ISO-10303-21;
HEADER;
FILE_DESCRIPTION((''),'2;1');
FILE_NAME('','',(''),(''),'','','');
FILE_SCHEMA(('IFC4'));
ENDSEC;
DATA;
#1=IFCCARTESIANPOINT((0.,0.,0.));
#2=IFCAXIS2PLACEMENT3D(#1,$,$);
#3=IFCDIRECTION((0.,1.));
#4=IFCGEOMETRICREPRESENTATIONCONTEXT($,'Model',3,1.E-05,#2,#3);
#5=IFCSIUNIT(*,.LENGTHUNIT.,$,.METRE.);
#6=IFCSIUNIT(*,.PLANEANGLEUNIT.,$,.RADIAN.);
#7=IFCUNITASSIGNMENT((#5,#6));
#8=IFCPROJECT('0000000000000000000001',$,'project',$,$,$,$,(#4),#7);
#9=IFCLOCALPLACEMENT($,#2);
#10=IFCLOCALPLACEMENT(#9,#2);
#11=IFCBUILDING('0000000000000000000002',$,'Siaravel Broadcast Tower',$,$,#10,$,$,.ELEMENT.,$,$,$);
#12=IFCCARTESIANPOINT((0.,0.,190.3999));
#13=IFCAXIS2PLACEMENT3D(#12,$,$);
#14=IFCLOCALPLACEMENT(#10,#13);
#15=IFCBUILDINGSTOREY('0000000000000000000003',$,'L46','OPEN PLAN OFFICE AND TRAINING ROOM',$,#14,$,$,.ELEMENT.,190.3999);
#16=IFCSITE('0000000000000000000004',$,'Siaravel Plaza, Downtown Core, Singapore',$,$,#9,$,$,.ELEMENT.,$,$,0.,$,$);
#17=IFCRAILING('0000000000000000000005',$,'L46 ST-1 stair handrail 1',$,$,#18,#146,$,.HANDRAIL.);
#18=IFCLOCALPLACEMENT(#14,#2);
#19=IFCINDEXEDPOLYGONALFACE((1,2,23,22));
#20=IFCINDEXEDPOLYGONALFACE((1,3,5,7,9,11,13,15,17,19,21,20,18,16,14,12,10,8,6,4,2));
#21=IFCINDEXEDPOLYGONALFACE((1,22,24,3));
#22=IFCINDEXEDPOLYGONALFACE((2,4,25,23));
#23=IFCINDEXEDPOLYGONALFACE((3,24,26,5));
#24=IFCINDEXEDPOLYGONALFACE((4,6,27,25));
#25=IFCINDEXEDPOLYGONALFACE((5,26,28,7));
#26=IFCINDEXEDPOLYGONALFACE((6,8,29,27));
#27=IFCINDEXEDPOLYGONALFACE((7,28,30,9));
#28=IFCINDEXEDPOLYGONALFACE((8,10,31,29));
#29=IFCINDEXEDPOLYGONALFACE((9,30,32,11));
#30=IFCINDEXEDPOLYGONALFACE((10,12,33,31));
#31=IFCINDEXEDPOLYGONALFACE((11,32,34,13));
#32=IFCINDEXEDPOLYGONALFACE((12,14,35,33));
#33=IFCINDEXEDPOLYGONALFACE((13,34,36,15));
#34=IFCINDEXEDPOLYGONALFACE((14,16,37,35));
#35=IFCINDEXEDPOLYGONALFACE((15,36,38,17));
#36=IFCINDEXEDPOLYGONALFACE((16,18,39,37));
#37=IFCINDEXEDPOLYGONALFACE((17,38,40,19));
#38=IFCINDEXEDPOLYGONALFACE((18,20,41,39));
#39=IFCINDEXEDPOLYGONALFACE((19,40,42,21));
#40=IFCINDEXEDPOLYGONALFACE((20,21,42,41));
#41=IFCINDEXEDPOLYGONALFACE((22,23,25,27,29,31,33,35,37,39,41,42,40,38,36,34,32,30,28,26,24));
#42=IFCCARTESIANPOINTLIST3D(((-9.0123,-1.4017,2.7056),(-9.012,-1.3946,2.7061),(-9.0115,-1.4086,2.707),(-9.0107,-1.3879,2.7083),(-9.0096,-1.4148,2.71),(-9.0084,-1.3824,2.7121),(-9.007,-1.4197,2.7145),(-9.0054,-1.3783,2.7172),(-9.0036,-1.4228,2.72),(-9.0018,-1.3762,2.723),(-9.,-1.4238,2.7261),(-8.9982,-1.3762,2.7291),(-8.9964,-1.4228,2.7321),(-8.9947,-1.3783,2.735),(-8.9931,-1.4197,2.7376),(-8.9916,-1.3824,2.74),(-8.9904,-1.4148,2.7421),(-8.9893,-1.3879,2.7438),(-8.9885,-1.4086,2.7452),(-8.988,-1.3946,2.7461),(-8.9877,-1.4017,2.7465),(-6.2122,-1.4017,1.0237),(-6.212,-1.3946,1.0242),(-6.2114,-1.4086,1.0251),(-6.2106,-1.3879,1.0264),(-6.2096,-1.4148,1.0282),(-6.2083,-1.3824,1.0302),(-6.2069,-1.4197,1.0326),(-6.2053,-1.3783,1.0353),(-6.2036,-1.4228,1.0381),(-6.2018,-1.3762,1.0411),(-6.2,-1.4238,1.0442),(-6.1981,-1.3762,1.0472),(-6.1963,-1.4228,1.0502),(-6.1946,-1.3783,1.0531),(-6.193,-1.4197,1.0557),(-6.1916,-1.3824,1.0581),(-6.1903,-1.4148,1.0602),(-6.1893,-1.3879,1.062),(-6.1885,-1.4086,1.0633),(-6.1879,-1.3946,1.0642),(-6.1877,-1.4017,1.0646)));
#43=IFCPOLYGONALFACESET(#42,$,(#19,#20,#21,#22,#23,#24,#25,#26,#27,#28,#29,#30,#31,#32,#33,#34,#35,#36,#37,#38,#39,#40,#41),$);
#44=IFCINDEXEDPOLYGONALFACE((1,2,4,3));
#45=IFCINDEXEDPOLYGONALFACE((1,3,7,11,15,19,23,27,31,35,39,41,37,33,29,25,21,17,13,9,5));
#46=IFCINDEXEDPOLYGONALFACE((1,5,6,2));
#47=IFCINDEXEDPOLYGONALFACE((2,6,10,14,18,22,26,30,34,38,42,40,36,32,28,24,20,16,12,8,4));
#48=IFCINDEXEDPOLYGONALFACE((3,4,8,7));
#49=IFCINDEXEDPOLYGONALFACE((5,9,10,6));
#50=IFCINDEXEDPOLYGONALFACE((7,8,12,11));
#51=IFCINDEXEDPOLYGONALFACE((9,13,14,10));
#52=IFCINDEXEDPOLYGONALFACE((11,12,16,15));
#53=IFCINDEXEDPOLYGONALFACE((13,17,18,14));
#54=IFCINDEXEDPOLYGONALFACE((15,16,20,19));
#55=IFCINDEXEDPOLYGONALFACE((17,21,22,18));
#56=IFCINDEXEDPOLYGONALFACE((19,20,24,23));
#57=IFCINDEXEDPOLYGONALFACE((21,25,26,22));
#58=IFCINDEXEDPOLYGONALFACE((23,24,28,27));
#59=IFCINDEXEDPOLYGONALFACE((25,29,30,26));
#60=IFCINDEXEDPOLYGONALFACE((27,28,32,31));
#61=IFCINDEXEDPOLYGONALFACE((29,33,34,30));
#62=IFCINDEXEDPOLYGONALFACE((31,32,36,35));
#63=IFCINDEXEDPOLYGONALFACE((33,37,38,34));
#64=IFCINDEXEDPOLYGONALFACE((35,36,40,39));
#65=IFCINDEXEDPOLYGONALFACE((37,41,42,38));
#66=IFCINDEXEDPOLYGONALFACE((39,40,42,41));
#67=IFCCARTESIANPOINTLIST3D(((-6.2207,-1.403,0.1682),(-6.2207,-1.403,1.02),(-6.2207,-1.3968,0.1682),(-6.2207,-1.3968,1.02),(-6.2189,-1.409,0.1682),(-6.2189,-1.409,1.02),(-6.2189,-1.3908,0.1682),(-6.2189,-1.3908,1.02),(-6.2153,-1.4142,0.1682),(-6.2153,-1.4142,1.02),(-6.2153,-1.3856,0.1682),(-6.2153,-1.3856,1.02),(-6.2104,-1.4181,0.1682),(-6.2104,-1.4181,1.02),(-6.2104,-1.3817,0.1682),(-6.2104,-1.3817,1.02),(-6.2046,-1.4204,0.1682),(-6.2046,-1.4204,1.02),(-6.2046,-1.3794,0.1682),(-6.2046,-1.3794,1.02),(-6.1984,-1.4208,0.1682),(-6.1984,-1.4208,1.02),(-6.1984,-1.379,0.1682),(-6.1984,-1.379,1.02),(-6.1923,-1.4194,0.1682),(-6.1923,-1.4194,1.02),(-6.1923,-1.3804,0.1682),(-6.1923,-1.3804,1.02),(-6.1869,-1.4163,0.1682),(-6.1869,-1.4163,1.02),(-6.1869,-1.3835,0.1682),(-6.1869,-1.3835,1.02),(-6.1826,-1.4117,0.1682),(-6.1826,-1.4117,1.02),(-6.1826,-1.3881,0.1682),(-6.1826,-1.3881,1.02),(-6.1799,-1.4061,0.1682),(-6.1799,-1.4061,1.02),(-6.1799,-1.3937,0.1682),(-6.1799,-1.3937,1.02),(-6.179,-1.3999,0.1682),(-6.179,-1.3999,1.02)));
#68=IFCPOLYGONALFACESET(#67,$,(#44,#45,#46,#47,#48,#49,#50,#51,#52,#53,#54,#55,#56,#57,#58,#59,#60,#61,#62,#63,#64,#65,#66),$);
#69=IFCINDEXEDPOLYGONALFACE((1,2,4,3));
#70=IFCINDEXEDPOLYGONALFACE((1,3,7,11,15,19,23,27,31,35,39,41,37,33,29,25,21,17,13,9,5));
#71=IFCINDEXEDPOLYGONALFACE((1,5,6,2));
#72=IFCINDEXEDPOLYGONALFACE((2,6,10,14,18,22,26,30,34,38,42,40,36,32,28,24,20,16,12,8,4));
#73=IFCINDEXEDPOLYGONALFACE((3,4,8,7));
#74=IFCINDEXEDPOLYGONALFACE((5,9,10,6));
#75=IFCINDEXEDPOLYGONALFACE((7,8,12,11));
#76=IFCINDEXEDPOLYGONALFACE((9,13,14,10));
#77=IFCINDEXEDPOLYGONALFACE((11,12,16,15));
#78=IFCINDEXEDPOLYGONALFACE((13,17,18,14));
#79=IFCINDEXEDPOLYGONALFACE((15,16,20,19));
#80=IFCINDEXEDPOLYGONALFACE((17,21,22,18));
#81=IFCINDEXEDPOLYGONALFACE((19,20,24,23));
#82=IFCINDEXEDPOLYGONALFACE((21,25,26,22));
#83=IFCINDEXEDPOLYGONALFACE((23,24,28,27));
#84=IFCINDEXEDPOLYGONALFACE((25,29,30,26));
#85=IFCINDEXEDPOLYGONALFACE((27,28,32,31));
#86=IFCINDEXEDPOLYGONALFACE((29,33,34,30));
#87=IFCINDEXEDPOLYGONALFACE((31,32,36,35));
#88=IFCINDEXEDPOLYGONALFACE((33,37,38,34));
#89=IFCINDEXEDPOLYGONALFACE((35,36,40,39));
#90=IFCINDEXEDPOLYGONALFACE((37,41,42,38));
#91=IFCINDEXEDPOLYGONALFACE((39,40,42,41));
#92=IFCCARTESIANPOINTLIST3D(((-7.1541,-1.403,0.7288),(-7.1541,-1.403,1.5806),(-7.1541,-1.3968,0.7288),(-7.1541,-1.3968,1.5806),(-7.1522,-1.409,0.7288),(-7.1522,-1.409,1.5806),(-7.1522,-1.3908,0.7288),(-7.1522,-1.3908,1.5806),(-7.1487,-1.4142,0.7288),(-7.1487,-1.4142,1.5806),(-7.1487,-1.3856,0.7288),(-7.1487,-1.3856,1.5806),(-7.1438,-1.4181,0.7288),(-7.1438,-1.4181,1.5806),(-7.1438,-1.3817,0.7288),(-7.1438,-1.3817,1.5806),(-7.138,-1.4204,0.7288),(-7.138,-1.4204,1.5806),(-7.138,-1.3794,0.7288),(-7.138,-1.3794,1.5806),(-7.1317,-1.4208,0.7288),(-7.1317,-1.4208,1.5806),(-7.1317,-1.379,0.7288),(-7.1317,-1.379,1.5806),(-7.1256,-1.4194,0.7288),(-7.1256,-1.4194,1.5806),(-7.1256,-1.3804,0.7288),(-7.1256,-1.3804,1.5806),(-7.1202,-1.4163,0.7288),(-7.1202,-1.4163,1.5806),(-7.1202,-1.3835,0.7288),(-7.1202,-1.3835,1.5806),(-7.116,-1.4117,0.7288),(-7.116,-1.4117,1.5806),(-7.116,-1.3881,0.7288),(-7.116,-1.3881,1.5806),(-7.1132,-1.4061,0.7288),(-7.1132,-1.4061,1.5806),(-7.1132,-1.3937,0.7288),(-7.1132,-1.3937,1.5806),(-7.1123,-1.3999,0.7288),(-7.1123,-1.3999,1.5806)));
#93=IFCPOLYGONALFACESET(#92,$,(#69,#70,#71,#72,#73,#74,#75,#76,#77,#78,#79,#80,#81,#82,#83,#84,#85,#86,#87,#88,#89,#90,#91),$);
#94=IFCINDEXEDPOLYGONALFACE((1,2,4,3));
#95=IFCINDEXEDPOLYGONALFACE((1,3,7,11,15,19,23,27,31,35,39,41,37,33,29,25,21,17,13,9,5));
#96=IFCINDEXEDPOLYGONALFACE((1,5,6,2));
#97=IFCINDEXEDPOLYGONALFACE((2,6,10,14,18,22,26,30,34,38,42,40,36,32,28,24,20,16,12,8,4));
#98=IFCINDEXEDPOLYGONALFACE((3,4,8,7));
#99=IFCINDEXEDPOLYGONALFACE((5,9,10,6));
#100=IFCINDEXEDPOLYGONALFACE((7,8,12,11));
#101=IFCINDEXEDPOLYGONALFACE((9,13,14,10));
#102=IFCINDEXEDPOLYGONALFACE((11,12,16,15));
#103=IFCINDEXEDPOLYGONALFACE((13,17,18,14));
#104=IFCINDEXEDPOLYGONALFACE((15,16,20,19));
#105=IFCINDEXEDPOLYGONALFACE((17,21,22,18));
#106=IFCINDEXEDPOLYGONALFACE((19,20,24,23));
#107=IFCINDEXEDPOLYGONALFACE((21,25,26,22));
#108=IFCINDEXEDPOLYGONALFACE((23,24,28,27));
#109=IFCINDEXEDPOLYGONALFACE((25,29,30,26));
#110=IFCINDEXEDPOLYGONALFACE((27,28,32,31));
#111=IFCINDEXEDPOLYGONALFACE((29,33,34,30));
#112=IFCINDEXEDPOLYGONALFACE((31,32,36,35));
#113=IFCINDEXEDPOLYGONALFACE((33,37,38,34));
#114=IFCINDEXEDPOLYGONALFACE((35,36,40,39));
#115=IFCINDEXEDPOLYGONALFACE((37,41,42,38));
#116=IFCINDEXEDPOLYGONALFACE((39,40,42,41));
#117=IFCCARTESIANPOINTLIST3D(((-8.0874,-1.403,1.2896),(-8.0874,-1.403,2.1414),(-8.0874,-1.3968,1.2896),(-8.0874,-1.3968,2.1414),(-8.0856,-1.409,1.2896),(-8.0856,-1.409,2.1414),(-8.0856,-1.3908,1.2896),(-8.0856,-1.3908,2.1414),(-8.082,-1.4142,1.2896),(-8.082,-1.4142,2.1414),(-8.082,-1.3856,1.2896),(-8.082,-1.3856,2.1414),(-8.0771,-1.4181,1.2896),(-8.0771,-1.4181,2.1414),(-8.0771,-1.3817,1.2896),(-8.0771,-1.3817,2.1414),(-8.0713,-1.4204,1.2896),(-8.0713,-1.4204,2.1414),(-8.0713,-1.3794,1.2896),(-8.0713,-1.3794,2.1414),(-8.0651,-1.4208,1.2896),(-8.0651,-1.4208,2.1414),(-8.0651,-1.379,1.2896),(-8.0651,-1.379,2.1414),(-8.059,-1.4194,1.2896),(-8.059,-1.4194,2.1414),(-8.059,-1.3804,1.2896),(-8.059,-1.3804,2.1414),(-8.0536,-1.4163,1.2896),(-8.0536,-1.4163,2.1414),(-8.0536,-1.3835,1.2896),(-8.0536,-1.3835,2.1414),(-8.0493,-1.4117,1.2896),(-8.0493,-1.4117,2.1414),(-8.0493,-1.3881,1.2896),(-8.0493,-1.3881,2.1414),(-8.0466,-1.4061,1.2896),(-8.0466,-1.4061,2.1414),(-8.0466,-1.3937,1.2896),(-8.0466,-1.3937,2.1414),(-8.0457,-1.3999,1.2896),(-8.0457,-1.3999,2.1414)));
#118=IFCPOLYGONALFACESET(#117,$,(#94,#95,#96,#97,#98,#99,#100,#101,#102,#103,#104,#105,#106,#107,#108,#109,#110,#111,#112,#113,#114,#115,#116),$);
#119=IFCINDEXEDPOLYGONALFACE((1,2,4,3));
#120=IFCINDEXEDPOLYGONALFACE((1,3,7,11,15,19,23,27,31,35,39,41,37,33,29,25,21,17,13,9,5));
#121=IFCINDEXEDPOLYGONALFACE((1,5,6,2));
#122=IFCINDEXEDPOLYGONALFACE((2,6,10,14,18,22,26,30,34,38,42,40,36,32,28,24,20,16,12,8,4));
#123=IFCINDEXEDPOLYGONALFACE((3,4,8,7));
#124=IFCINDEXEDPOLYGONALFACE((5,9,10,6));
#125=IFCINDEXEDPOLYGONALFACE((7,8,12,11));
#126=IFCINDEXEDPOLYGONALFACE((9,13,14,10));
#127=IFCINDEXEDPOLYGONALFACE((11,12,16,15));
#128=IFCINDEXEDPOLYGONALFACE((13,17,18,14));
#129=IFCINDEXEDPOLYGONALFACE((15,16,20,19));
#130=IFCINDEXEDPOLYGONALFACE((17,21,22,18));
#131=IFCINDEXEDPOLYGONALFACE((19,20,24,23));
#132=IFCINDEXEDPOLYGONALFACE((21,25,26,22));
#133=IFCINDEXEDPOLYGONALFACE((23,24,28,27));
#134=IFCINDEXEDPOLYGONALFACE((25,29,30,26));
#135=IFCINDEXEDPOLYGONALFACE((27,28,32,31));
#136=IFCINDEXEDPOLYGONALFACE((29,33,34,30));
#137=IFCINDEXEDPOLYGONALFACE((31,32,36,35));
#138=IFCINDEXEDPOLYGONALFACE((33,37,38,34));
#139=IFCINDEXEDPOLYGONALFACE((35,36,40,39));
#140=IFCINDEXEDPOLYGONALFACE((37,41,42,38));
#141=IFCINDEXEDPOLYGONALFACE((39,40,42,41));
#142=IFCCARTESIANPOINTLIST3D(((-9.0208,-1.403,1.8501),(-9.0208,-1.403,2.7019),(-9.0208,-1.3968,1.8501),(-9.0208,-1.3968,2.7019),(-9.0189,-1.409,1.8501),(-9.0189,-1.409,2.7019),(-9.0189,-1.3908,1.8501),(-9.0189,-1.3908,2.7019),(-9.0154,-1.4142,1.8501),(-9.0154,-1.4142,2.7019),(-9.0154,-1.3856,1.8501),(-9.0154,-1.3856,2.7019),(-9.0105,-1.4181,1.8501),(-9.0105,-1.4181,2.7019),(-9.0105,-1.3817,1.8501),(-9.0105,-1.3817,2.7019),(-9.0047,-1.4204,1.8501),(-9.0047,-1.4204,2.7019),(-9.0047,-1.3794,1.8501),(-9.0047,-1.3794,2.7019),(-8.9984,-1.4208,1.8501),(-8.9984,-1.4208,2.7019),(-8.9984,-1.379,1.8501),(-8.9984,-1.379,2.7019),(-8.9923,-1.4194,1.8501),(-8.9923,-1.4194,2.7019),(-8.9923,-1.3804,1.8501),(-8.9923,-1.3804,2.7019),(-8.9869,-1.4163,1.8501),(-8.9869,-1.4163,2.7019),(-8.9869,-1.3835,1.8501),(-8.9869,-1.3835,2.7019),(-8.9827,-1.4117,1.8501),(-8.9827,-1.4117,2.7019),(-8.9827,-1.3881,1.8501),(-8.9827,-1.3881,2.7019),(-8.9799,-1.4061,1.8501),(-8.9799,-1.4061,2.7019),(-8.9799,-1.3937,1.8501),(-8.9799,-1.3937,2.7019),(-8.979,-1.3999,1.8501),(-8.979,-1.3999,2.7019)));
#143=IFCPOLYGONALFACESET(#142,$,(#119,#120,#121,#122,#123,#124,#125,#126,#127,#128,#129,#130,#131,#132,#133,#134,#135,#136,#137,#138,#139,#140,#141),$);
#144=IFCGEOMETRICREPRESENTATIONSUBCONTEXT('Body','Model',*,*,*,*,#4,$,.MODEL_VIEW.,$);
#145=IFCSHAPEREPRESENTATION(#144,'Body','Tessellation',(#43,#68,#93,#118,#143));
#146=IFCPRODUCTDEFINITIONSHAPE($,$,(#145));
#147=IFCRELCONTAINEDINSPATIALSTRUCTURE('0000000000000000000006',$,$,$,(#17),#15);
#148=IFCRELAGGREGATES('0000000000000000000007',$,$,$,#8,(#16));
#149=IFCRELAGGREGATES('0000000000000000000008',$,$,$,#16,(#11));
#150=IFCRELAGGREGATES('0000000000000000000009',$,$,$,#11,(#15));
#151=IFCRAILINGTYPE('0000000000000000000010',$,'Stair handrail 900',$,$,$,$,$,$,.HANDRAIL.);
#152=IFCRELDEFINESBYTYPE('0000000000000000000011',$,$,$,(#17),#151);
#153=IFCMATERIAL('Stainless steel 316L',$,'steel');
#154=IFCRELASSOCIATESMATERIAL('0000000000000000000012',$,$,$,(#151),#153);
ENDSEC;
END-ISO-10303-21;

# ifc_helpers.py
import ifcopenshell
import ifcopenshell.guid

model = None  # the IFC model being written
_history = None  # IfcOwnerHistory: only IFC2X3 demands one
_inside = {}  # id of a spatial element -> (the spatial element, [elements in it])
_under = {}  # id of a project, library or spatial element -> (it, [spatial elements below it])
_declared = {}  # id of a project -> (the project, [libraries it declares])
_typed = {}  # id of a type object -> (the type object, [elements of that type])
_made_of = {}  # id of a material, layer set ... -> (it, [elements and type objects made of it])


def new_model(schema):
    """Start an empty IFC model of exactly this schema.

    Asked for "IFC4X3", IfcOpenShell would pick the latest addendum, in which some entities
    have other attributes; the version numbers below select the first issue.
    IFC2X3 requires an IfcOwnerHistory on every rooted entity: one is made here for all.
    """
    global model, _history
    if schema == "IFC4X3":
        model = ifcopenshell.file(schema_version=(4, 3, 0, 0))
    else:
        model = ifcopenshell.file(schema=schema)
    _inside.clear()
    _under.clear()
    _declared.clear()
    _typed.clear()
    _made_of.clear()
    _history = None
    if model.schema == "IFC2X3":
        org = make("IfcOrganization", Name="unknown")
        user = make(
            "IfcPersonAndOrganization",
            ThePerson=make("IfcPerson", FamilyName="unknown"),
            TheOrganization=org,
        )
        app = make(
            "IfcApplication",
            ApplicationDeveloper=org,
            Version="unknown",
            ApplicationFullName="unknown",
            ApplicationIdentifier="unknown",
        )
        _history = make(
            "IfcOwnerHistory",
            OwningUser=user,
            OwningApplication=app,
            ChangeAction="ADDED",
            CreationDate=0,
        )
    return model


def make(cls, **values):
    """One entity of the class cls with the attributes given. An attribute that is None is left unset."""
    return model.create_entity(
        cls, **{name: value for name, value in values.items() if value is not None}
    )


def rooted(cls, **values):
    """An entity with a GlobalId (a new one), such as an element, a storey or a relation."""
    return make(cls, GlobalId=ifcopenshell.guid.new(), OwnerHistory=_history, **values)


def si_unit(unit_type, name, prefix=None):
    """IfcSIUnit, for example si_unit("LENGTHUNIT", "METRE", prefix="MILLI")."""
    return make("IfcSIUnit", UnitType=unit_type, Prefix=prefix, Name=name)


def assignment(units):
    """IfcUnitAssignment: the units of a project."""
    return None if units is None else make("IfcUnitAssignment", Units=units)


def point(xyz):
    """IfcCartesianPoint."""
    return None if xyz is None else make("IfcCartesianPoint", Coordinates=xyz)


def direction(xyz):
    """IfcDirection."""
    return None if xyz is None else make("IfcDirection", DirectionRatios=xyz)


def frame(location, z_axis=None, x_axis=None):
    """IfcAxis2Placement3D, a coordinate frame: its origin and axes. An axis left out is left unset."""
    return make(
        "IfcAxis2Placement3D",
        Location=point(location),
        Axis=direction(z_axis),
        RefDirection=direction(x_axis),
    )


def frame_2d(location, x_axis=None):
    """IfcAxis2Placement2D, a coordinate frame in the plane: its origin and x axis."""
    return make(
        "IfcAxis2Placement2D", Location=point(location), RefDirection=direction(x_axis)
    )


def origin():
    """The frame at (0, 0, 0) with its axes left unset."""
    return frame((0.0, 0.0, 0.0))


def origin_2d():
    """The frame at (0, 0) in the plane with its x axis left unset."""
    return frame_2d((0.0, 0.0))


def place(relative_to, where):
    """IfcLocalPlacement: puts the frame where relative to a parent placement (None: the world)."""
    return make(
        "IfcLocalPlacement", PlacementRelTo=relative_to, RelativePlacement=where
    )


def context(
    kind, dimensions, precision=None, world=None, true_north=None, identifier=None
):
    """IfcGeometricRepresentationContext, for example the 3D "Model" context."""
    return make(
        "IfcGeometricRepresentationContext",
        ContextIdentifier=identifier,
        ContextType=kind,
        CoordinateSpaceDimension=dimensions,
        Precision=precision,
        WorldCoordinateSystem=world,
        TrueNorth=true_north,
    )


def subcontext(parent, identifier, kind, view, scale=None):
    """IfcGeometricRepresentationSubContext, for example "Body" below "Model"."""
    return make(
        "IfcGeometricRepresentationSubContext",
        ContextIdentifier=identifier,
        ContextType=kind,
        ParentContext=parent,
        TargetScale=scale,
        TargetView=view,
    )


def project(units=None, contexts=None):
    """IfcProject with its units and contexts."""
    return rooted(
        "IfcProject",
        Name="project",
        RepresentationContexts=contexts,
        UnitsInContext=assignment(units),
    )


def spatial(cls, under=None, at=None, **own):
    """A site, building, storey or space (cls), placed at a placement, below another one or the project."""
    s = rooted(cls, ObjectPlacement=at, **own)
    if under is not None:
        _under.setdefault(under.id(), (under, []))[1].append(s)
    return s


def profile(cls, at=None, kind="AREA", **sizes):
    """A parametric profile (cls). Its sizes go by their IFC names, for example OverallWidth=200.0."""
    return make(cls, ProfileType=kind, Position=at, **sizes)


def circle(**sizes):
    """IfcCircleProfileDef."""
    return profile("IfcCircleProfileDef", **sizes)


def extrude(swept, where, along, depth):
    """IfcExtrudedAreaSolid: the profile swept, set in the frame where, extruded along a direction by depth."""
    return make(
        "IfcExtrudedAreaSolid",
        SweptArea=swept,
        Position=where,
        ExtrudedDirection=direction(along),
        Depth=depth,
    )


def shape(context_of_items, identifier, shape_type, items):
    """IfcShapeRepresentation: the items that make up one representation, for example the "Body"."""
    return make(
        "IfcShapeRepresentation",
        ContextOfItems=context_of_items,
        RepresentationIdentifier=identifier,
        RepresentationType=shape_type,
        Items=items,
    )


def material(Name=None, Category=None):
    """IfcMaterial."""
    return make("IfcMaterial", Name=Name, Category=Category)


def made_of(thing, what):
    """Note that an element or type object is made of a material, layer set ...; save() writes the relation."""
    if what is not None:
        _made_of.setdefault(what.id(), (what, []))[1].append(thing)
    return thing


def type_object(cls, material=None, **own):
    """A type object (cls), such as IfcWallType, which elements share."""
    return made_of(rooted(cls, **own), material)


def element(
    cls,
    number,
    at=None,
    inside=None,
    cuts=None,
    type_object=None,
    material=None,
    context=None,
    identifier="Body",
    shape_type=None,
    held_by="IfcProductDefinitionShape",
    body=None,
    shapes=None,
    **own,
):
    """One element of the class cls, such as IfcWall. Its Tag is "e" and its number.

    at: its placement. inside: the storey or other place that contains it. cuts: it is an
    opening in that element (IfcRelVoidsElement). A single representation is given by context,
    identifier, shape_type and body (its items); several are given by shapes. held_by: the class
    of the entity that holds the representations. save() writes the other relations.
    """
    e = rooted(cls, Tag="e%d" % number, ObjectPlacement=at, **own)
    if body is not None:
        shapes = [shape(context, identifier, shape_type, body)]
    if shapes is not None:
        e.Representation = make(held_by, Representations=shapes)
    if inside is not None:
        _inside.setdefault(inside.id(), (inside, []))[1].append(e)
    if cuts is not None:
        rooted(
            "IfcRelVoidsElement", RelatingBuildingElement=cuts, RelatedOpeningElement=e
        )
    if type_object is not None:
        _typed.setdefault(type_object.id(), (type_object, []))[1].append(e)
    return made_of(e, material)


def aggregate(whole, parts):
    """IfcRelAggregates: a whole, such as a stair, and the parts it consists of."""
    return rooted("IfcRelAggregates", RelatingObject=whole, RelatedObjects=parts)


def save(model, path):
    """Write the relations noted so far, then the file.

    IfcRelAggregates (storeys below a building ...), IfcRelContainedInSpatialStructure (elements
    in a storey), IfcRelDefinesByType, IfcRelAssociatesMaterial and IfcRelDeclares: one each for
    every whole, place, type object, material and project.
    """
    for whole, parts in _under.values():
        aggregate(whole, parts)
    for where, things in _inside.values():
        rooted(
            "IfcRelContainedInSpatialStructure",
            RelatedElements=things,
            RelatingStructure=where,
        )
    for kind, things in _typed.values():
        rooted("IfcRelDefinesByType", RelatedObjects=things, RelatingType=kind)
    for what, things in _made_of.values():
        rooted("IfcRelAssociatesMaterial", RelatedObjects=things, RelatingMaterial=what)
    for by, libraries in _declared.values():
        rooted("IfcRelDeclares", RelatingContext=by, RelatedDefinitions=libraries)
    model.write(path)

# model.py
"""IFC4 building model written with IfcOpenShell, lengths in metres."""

from ifc_helpers import new_model, si_unit, direction, frame, origin, origin_2d, place, context, subcontext, project, spatial, circle, extrude, material, type_object, element, save


model = new_model("IFC4")

# Units and contexts
model_context = context("Model", 3, precision=1e-05, world=origin(), true_north=direction((0.0, 1.0)))
body_context = subcontext(model_context, "Body", "Model", "MODEL_VIEW")
ifc_project = project(units=[si_unit("LENGTHUNIT", "METRE"), si_unit("PLANEANGLEUNIT", "RADIAN")], contexts=[model_context])

# Site, building, storey
site_placement = place(None, origin())
site = spatial("IfcSite", under=ifc_project, at=site_placement, Name="Siaravel Plaza, Downtown Core, Singapore", CompositionType="ELEMENT", RefElevation=0.0)
building_placement = place(site_placement, origin())
building = spatial("IfcBuilding", under=site, at=building_placement, Name="Siaravel Broadcast Tower", CompositionType="ELEMENT")
storey_placement = place(building_placement, frame((0.0, 0.0, 190.3999)))
storey = spatial("IfcBuildingStorey", under=building, at=storey_placement, Name="L46", Description="OPEN PLAN OFFICE AND TRAINING ROOM", CompositionType="ELEMENT", Elevation=190.3999)

# Shared definitions
ifc_material_1 = material(Name="Stainless steel 316L", Category="steel")

# Railing
railing_type_1 = type_object("IfcRailingType", Name="Stair handrail 900", PredefinedType="HANDRAIL", material=ifc_material_1)
railing_1_placement = place(storey_placement, frame((-6.2, -1.3999, 0.1682)))
element("IfcRailing", 1, at=railing_1_placement, inside=storey, type_object=railing_type_1, Name="L46 ST-1 stair handrail 1", PredefinedType="HANDRAIL", context=body_context, shape_type="SweptSolid", body=[
    extrude(circle(Radius=0.0239, at=origin_2d()), frame((0.0, 0.0, 0.876), z_axis=(-0.857242, 0.0, 0.514913), x_axis=(0.0, -1.0, 0.0)), (0.0, 0.0, 1.0), 3.2664),
    extrude(circle(Radius=0.021, at=origin_2d()), origin(), (0.0, 0.0, 1.0), 0.8518),
    extrude(circle(Radius=0.021, at=origin_2d()), frame((-0.9333, 0.0, 0.5605)), (0.0, 0.0, 1.0), 0.8518),
    extrude(circle(Radius=0.021, at=origin_2d()), frame((-1.8667, 0.0, 1.1213)), (0.0, 0.0, 1.0), 0.8518),
    extrude(circle(Radius=0.021, at=origin_2d()), frame((-2.8, 0.0, 1.6819)), (0.0, 0.0, 1.0), 0.8518),
])

save(model, "model.ifc")
